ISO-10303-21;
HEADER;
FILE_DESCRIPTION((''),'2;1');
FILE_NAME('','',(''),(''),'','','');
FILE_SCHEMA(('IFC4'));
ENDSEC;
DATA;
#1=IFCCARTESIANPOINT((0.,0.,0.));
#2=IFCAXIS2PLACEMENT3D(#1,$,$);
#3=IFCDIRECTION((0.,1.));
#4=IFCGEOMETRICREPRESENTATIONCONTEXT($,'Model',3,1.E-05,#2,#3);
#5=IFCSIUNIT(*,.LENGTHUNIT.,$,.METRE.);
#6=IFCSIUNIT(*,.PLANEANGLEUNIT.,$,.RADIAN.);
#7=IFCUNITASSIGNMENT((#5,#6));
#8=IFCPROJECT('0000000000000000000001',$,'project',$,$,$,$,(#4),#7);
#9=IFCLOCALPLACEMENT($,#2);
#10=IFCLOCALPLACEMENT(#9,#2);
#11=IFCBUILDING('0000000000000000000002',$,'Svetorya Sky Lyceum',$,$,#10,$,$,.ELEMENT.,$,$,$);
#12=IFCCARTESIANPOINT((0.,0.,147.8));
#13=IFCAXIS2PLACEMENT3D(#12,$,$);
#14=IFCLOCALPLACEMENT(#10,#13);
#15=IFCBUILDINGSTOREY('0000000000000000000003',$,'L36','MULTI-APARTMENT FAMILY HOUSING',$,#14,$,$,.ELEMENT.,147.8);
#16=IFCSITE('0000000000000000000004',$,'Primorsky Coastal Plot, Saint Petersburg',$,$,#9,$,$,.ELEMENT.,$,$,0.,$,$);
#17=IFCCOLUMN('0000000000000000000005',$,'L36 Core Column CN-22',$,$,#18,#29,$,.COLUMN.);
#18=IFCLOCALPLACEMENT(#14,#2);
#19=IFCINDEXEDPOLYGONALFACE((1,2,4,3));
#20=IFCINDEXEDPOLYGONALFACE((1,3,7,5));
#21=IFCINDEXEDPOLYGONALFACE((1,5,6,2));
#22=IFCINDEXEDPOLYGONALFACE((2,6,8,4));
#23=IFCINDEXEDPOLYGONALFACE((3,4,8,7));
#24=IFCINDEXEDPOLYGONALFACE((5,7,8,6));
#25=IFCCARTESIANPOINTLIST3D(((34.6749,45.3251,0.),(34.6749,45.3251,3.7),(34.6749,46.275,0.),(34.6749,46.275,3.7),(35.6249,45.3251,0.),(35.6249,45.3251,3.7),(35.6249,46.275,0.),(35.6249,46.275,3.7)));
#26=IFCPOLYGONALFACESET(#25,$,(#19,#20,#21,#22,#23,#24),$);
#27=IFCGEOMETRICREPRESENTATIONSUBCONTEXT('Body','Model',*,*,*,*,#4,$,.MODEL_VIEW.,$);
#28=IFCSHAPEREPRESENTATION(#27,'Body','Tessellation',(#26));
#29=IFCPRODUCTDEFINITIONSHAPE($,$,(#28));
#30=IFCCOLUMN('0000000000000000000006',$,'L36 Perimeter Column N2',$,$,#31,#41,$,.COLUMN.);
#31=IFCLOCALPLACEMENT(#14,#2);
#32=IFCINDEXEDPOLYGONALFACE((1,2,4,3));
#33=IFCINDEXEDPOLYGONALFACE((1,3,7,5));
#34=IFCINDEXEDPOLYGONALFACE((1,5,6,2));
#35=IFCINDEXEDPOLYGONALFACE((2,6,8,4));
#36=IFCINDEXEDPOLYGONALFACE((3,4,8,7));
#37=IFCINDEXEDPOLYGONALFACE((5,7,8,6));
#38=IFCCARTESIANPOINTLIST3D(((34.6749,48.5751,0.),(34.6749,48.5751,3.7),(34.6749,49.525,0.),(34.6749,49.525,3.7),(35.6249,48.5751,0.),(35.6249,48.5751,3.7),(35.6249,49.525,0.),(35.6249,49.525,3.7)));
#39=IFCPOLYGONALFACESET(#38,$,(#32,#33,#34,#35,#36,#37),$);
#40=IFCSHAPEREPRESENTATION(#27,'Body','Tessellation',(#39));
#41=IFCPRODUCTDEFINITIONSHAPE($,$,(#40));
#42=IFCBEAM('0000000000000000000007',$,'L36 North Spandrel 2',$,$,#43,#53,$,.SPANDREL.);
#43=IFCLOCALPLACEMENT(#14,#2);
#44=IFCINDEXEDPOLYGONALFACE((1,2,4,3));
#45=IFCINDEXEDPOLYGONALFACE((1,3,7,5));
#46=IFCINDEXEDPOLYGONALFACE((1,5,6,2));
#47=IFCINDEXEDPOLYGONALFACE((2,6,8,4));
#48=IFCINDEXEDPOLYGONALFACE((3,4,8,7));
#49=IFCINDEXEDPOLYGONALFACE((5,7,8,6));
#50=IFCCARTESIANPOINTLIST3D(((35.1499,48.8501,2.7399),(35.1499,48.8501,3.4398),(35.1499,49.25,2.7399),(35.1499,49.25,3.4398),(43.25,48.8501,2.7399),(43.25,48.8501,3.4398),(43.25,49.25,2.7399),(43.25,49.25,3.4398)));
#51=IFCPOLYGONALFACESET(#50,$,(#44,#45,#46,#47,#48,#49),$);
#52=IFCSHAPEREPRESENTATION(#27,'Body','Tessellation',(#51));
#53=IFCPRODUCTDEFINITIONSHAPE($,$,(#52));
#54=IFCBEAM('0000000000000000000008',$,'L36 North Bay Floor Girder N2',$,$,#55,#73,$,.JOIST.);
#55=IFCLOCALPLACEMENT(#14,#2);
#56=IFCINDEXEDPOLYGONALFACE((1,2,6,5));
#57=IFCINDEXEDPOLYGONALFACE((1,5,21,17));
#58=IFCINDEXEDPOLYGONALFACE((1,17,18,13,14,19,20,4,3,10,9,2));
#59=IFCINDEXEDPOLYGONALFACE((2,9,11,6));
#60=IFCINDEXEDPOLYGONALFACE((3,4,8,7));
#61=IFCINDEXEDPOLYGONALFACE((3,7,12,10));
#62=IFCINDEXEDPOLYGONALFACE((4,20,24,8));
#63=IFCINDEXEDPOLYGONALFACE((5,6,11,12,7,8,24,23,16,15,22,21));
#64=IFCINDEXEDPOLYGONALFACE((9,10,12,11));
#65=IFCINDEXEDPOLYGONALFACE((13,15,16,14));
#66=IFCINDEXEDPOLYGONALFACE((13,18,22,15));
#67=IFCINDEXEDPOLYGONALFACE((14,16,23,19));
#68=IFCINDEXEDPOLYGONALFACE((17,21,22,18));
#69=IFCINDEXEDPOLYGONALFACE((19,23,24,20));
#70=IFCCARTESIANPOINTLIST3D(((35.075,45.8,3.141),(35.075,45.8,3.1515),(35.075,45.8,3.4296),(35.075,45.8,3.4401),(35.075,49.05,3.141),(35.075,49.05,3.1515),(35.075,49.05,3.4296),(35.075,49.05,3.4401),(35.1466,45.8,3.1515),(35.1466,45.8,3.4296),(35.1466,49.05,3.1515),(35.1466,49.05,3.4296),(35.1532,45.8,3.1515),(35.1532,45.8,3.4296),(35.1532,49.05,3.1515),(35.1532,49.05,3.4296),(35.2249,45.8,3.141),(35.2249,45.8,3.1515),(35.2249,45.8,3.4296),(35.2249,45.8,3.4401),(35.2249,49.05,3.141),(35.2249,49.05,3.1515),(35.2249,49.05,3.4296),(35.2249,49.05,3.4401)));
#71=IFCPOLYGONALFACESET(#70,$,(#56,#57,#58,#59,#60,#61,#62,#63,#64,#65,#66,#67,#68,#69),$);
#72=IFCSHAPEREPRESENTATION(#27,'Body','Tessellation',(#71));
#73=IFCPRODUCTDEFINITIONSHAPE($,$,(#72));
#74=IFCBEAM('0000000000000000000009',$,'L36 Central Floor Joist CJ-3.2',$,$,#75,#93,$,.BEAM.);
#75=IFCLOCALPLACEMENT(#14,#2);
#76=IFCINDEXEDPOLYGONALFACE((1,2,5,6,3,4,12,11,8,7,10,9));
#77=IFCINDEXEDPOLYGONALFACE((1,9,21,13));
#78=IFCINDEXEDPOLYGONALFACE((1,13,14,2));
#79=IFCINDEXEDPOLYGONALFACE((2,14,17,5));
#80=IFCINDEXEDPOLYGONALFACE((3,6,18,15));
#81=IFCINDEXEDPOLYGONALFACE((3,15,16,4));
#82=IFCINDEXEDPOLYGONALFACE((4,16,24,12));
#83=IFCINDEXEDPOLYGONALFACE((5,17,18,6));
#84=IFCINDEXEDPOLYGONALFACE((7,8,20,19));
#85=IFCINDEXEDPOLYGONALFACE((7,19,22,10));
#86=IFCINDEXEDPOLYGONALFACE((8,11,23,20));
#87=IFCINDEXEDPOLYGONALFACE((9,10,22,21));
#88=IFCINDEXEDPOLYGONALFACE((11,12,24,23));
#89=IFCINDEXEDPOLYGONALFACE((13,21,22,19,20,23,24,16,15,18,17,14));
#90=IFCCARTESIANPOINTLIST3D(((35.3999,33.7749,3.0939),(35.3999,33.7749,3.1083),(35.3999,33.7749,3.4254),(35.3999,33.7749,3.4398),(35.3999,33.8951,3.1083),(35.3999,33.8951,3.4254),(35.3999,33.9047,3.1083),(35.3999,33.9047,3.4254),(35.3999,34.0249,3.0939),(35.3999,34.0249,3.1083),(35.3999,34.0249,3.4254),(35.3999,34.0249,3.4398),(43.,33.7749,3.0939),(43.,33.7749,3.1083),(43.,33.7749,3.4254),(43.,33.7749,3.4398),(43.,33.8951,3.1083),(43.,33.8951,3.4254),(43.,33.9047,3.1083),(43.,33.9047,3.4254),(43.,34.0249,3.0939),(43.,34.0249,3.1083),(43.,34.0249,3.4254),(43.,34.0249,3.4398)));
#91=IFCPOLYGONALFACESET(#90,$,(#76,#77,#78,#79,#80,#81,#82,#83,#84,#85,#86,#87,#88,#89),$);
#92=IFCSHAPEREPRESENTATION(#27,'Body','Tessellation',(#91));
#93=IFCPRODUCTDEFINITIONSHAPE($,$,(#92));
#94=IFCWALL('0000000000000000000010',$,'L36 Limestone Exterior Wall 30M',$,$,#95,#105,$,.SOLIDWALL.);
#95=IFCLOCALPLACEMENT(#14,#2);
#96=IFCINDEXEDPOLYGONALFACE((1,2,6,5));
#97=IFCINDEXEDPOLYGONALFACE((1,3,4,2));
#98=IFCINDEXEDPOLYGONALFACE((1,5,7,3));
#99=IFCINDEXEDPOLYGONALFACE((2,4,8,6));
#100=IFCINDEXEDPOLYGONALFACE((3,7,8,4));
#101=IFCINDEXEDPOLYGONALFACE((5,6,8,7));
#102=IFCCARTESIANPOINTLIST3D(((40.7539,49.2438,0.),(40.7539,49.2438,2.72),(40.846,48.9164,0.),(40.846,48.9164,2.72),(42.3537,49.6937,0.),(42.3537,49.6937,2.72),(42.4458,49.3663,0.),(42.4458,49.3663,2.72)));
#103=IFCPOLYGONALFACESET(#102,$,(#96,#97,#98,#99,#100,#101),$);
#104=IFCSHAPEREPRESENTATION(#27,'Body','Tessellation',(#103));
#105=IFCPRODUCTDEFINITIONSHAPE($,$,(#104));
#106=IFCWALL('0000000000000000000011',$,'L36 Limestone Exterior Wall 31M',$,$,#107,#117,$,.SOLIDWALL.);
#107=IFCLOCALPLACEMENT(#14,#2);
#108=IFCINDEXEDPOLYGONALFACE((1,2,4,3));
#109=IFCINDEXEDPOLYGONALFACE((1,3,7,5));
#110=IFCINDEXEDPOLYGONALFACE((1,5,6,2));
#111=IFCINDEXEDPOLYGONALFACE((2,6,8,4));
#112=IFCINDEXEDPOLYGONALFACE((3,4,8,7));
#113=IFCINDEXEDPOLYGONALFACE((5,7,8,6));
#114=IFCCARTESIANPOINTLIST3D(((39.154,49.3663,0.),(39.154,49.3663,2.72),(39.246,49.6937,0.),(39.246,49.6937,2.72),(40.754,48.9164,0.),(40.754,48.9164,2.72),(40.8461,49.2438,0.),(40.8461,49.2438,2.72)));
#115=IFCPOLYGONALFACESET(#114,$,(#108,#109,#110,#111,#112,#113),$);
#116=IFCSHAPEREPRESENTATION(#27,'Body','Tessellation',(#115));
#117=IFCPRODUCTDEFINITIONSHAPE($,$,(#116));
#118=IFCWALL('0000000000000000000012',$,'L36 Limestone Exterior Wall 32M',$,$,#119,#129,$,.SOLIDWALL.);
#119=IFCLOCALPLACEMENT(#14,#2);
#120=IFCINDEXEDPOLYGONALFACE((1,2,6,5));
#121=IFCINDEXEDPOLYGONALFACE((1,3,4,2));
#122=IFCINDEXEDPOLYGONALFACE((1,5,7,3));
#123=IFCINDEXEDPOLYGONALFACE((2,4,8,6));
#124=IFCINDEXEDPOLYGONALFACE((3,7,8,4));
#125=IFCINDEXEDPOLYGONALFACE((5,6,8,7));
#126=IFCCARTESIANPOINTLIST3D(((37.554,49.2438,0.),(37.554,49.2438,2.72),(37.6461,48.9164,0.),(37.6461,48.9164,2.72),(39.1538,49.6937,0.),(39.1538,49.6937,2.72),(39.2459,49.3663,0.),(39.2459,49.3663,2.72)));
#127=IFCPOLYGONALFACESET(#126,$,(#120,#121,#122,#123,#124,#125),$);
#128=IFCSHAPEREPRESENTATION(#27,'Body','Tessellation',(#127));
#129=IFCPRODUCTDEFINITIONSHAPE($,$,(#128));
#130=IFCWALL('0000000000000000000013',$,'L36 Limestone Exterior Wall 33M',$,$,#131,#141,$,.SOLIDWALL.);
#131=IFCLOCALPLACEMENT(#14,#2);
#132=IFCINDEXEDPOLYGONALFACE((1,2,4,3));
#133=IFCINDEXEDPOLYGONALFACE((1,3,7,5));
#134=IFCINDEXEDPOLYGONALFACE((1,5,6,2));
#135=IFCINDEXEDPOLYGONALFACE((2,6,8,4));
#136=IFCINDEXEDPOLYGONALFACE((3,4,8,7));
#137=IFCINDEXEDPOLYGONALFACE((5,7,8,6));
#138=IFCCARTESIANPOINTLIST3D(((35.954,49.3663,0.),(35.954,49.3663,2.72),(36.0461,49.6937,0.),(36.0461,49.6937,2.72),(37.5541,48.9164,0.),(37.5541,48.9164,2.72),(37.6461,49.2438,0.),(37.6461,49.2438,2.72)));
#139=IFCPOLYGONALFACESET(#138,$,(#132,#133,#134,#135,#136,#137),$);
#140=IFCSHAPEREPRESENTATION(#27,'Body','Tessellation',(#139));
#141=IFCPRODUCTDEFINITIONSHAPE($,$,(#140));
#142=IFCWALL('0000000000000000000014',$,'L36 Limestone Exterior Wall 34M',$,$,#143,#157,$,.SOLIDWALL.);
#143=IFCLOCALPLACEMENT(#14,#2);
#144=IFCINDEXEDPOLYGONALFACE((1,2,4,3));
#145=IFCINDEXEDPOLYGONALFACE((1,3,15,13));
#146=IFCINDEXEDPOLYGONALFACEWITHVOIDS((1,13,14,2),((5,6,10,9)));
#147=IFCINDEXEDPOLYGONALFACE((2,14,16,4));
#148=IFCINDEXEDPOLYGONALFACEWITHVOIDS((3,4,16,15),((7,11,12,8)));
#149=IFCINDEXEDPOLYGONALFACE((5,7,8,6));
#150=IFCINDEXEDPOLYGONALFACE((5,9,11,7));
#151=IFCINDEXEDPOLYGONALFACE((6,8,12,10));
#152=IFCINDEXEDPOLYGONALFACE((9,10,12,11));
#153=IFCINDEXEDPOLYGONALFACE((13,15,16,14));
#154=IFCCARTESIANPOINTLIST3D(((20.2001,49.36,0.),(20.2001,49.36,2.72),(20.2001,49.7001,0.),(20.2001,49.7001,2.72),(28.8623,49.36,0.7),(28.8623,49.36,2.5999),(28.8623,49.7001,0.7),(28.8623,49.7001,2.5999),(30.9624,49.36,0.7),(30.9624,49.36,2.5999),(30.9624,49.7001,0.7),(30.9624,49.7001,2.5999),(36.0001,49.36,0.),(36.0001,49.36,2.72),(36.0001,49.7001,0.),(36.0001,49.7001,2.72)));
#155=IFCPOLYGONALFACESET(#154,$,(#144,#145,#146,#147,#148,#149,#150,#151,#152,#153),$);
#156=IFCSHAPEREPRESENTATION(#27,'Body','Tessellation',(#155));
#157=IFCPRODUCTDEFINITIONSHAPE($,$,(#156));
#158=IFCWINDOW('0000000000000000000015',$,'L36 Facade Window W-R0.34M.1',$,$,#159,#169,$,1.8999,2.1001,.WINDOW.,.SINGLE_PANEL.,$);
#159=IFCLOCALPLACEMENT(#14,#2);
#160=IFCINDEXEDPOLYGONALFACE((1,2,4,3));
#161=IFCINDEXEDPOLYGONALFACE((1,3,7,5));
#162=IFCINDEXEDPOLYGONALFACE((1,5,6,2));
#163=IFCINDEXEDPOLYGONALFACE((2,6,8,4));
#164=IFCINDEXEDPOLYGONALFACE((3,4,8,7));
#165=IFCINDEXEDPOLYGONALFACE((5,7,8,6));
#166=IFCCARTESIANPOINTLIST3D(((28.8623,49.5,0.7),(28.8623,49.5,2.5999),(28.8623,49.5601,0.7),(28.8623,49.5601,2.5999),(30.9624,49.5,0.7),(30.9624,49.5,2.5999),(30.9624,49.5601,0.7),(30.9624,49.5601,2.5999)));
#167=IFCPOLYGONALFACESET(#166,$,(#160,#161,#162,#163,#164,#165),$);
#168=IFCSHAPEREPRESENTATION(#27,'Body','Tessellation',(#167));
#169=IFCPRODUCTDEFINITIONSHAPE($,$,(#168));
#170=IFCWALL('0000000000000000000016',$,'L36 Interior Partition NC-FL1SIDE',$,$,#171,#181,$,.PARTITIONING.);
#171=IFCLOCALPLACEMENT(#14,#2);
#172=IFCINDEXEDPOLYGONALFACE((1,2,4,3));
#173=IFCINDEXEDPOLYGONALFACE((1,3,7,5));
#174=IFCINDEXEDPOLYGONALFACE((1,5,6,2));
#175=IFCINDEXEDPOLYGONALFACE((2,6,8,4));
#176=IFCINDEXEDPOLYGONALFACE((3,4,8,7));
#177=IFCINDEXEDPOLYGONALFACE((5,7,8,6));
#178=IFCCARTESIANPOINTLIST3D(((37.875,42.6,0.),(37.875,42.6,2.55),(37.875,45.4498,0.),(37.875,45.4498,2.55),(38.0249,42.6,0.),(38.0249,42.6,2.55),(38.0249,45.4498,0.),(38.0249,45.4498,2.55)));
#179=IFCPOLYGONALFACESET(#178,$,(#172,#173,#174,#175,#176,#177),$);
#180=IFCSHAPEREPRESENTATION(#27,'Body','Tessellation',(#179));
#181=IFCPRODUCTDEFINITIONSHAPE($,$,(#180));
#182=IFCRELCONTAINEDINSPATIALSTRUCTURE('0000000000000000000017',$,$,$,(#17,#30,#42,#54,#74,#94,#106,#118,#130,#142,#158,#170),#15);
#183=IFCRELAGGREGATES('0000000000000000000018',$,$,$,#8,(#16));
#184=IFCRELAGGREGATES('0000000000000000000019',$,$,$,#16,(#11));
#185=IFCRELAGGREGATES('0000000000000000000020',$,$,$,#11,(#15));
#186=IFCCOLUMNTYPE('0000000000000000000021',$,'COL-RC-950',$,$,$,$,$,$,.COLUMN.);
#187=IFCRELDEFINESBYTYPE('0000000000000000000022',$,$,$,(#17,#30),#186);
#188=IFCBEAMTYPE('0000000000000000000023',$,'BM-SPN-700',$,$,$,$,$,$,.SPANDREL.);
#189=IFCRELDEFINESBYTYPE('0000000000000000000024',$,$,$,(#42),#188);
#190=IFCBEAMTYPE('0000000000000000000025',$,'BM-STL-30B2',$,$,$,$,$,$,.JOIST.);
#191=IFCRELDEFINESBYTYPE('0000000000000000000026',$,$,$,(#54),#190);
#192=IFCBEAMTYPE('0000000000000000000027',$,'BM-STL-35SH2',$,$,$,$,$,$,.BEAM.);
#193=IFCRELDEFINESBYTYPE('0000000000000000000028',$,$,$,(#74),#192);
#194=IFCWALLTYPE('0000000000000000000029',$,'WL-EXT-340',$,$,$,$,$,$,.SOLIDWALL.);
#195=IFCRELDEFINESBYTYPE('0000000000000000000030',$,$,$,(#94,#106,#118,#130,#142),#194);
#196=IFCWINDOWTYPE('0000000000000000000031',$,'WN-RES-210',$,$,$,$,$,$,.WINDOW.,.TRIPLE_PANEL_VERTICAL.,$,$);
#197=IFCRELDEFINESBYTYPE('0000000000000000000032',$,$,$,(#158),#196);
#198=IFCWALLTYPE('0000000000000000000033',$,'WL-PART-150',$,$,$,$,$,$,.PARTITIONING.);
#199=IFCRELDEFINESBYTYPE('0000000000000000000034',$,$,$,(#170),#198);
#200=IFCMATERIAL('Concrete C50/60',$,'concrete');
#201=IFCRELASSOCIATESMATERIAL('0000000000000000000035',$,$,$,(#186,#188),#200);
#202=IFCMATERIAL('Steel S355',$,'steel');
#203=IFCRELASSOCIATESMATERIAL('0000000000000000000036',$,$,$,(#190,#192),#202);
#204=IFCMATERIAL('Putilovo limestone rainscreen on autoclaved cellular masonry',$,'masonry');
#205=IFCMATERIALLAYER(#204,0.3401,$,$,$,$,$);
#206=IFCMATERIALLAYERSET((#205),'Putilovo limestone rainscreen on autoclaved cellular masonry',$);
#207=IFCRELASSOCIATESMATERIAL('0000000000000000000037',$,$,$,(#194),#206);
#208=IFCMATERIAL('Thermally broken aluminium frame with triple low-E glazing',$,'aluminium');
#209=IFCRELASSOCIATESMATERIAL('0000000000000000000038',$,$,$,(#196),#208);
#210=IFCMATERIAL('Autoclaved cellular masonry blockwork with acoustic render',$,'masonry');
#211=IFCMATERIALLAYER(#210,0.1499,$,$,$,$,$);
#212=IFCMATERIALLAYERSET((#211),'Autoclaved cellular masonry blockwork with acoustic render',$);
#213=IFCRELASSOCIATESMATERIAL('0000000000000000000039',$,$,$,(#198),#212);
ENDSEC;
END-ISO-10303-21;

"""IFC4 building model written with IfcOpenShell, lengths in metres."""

from ifc_helpers import new_model, si_unit, direction, frame, frame_2d, origin, origin_2d, place, context, subcontext, project, spatial, rectangle, i_section, extrude, material, layer, layer_set, material_profile, profile_set, type_object, element, fill, save


model = new_model("IFC4")

# Units and contexts
model_context = context("Model", 3, precision=1e-05, world=origin(), true_north=direction((0.0, 1.0)))
body_context = subcontext(model_context, "Body", "Model", "MODEL_VIEW")
ifc_project = project(units=[si_unit("LENGTHUNIT", "METRE"), si_unit("PLANEANGLEUNIT", "RADIAN")], contexts=[model_context])

# Site, building, storey
site_placement = place(None, origin())
site = spatial("IfcSite", under=ifc_project, at=site_placement, Name="Primorsky Coastal Plot, Saint Petersburg", CompositionType="ELEMENT", RefElevation=0.0)
building_placement = place(site_placement, origin())
building = spatial("IfcBuilding", under=site, at=building_placement, Name="Svetorya Sky Lyceum", CompositionType="ELEMENT")
storey_placement = place(building_placement, frame((0.0, 0.0, 147.8)))
storey = spatial("IfcBuildingStorey", under=building, at=storey_placement, Name="L36", Description="MULTI-APARTMENT FAMILY HOUSING", CompositionType="ELEMENT", Elevation=147.8)

# Columns
ifc_material_1 = material(Name="Concrete C50/60", Category="concrete")
ifc_material_profile_1 = material_profile(ifc_material_1, rectangle(XDim=0.95, YDim=0.95, at=origin_2d()), Name="RC COL 950x950")
ifc_profile_set_1 = profile_set([ifc_material_profile_1], Name="Concrete C50/60")
column_type = type_object("IfcColumnType", Name="COL-RC-950", PredefinedType="COLUMN", material=ifc_profile_set_1)
for number, where, z_axis, x_axis, name in (
    (1, (35.1499, 45.8, 0.0), (0.0, 0.0, 1.0), (1.0, 0.0, 0.0), "L36 Core Column CN-22"),
    (2, (35.1499, 49.05, 0.0), (0.0, 0.0, 1.0), (1.0, 0.0, 0.0), "L36 Perimeter Column N2"),
):
    element("IfcColumn", number, at=place(storey_placement, frame(where, z_axis=z_axis, x_axis=x_axis)), inside=storey, type_object=column_type, Name=name, PredefinedType="COLUMN", context=body_context, shape_type="SweptSolid", body=[
        extrude(rectangle(XDim=0.95, YDim=0.95, at=origin_2d()), origin(), (0.0, 0.0, 1.0), 3.7),
    ])

# Beams
ifc_material_profile_2 = material_profile(ifc_material_1, rectangle(XDim=0.3999, YDim=0.7, at=origin_2d()), Name="RC SPANDREL 400x700")
ifc_profile_set_2 = profile_set([ifc_material_profile_2], Name="Concrete C50/60")
beam_type_1 = type_object("IfcBeamType", Name="BM-SPN-700", PredefinedType="SPANDREL", material=ifc_profile_set_2)
beam_1_placement = place(storey_placement, frame((35.1499, 49.05, 3.0898), z_axis=(1.0, 0.0, 0.0), x_axis=(0.0, 1.0, 0.0)))
element("IfcBeam", 3, at=beam_1_placement, inside=storey, type_object=beam_type_1, Name="L36 North Spandrel 2", PredefinedType="SPANDREL", context=body_context, shape_type="SweptSolid", body=[
    extrude(rectangle(XDim=0.3999, YDim=0.7, at=origin_2d()), origin(), (0.0, 0.0, 1.0), 8.1001),
])
ifc_material_2 = material(Name="Steel S355", Category="steel")
ifc_material_profile_3 = material_profile(ifc_material_2, i_section(OverallWidth=0.1499, OverallDepth=0.2991, WebThickness=0.0066, FlangeThickness=0.0105, at=origin_2d()), Name="GOST 30B2")
ifc_profile_set_3 = profile_set([ifc_material_profile_3], Name="Steel S355")
beam_type_2 = type_object("IfcBeamType", Name="BM-STL-30B2", PredefinedType="JOIST", material=ifc_profile_set_3)
beam_2_placement = place(storey_placement, frame((35.1499, 45.8, 3.2905), z_axis=(0.0, 1.0, 0.0), x_axis=(-1.0, 0.0, 0.0)))
element("IfcBeam", 4, at=beam_2_placement, inside=storey, type_object=beam_type_2, Name="L36 North Bay Floor Girder N2", PredefinedType="JOIST", context=body_context, shape_type="SweptSolid", body=[
    extrude(i_section(OverallWidth=0.1499, OverallDepth=0.2991, WebThickness=0.0066, FlangeThickness=0.0105, at=origin_2d()), origin(), (0.0, 0.0, 1.0), 3.25),
])
ifc_material_profile_4 = material_profile(ifc_material_2, i_section(OverallWidth=0.25, OverallDepth=0.3459, WebThickness=0.0095, FlangeThickness=0.0144, at=origin_2d()), Name="GOST 35Sh2")
ifc_profile_set_4 = profile_set([ifc_material_profile_4], Name="Steel S355")
beam_type_3 = type_object("IfcBeamType", Name="BM-STL-35SH2", PredefinedType="BEAM", material=ifc_profile_set_4)
beam_3_placement = place(storey_placement, frame((35.3999, 33.8999, 3.2668), z_axis=(1.0, 0.0, 0.0), x_axis=(0.0, 1.0, 0.0)))
element("IfcBeam", 5, at=beam_3_placement, inside=storey, type_object=beam_type_3, Name="L36 Central Floor Joist CJ-3.2", PredefinedType="BEAM", context=body_context, shape_type="SweptSolid", body=[
    extrude(i_section(OverallWidth=0.25, OverallDepth=0.3459, WebThickness=0.0095, FlangeThickness=0.0144, at=origin_2d()), origin(), (0.0, 0.0, 1.0), 7.6001),
])

# Walls
ifc_material_3 = material(Name="Putilovo limestone rainscreen on autoclaved cellular masonry", Category="masonry")
ifc_layer_1 = layer(ifc_material_3, 0.3401)
ifc_layer_set_1 = layer_set([ifc_layer_1], Name="Putilovo limestone rainscreen on autoclaved cellular masonry")
wall_type_1 = type_object("IfcWallType", Name="WL-EXT-340", PredefinedType="SOLIDWALL", material=ifc_layer_set_1)
wall_1_placement = place(storey_placement, frame((42.3999, 49.53, 0.0), z_axis=(0.0, 0.0, 1.0), x_axis=(-0.962652, -0.270741, 0.0)))
element("IfcWall", 6, at=wall_1_placement, inside=storey, type_object=wall_type_1, Name="L36 Limestone Exterior Wall 30M", PredefinedType="SOLIDWALL", context=body_context, shape_type="SweptSolid", body=[
    extrude(rectangle(XDim=1.6619, YDim=0.3401, at=frame_2d((0.8311, 0.0))), origin(), (0.0, 0.0, 1.0), 2.72),
])
wall_2_placement = place(storey_placement, frame((40.8, 49.0801, 0.0), z_axis=(0.0, 0.0, 1.0), x_axis=(-0.962663, 0.270703, 0.0)))
element("IfcWall", 7, at=wall_2_placement, inside=storey, type_object=wall_type_1, Name="L36 Limestone Exterior Wall 31M", PredefinedType="SOLIDWALL", context=body_context, shape_type="SweptSolid", body=[
    extrude(rectangle(XDim=1.6621, YDim=0.3401, at=frame_2d((0.8311, 0.0))), origin(), (0.0, 0.0, 1.0), 2.72),
])
wall_3_placement = place(storey_placement, frame((39.2, 49.53, 0.0), z_axis=(0.0, 0.0, 1.0), x_axis=(-0.962652, -0.270741, 0.0)))
element("IfcWall", 8, at=wall_3_placement, inside=storey, type_object=wall_type_1, Name="L36 Limestone Exterior Wall 32M", PredefinedType="SOLIDWALL", context=body_context, shape_type="SweptSolid", body=[
    extrude(rectangle(XDim=1.6619, YDim=0.3401, at=frame_2d((0.8311, 0.0))), origin(), (0.0, 0.0, 1.0), 2.72),
])
wall_4_placement = place(storey_placement, frame((37.6001, 49.0801, 0.0), z_axis=(0.0, 0.0, 1.0), x_axis=(-0.962663, 0.270703, 0.0)))
element("IfcWall", 9, at=wall_4_placement, inside=storey, type_object=wall_type_1, Name="L36 Limestone Exterior Wall 33M", PredefinedType="SOLIDWALL", context=body_context, shape_type="SweptSolid", body=[
    extrude(rectangle(XDim=1.6621, YDim=0.3401, at=frame_2d((0.8311, 0.0))), origin(), (0.0, 0.0, 1.0), 2.72),
])

# Wall, opening, window
wall_5_placement = place(storey_placement, frame((36.0, 49.53, 0.0), z_axis=(0.0, 0.0, 1.0), x_axis=(-1.0, 0.0, 0.0)))
wall_5 = element("IfcWall", 10, at=wall_5_placement, inside=storey, type_object=wall_type_1, Name="L36 Limestone Exterior Wall 34M", PredefinedType="SOLIDWALL", context=body_context, shape_type="SweptSolid", body=[
    extrude(rectangle(XDim=15.8, YDim=0.3401, at=frame_2d((7.8999, 0.0))), origin(), (0.0, 0.0, 1.0), 2.72),
])
opening_1_placement = place(wall_5_placement, frame((5.0376, 0.0, 0.7)))
opening_1 = element("IfcOpeningElement", 11, at=opening_1_placement, cuts=wall_5, PredefinedType="OPENING", context=body_context, shape_type="SweptSolid", body=[
    extrude(rectangle(XDim=2.1001, YDim=1.8999, at=frame_2d((1.05, 0.95))), frame((0.0, 0.1799, 0.0), z_axis=(0.0, -1.0, 0.0), x_axis=(1.0, 0.0, 0.0)), (0.0, 0.0, 1.0), 0.3601),
])
ifc_material_4 = material(Name="Thermally broken aluminium frame with triple low-E glazing", Category="aluminium")
window_type = type_object("IfcWindowType", Name="WN-RES-210", PartitioningType="TRIPLE_PANEL_VERTICAL", PredefinedType="WINDOW", material=ifc_material_4)
window_placement = place(opening_1_placement, origin())
window = element("IfcWindow", 12, at=window_placement, inside=storey, type_object=window_type, Name="L36 Facade Window W-R0.34M.1", OverallHeight=1.8999, OverallWidth=2.1001, PartitioningType="SINGLE_PANEL", PredefinedType="WINDOW", context=body_context, shape_type="SweptSolid", body=[
    extrude(rectangle(XDim=2.1001, YDim=1.8999, at=frame_2d((1.05, 0.95))), frame((0.0, 0.03, 0.0), z_axis=(0.0, -1.0, 0.0), x_axis=(1.0, 0.0, 0.0)), (0.0, 0.0, 1.0), 0.0601),
])
fill(opening_1, window)

# Wall
ifc_material_5 = material(Name="Autoclaved cellular masonry blockwork with acoustic render", Category="masonry")
ifc_layer_2 = layer(ifc_material_5, 0.1499)
ifc_layer_set_2 = layer_set([ifc_layer_2], Name="Autoclaved cellular masonry blockwork with acoustic render")
wall_type_2 = type_object("IfcWallType", Name="WL-PART-150", PredefinedType="PARTITIONING", material=ifc_layer_set_2)
wall_6_placement = place(storey_placement, frame((37.95, 42.6001, 0.0), z_axis=(0.0, 0.0, 1.0), x_axis=(0.0, 1.0, 0.0)))
element("IfcWall", 13, at=wall_6_placement, inside=storey, type_object=wall_type_2, Name="L36 Interior Partition NC-FL1SIDE", PredefinedType="PARTITIONING", context=body_context, shape_type="SweptSolid", body=[
    extrude(rectangle(XDim=2.8499, YDim=0.1499, at=frame_2d((1.4248, 0.0))), origin(), (0.0, 0.0, 1.0), 2.55),
])

save(model, "model.ifc")
